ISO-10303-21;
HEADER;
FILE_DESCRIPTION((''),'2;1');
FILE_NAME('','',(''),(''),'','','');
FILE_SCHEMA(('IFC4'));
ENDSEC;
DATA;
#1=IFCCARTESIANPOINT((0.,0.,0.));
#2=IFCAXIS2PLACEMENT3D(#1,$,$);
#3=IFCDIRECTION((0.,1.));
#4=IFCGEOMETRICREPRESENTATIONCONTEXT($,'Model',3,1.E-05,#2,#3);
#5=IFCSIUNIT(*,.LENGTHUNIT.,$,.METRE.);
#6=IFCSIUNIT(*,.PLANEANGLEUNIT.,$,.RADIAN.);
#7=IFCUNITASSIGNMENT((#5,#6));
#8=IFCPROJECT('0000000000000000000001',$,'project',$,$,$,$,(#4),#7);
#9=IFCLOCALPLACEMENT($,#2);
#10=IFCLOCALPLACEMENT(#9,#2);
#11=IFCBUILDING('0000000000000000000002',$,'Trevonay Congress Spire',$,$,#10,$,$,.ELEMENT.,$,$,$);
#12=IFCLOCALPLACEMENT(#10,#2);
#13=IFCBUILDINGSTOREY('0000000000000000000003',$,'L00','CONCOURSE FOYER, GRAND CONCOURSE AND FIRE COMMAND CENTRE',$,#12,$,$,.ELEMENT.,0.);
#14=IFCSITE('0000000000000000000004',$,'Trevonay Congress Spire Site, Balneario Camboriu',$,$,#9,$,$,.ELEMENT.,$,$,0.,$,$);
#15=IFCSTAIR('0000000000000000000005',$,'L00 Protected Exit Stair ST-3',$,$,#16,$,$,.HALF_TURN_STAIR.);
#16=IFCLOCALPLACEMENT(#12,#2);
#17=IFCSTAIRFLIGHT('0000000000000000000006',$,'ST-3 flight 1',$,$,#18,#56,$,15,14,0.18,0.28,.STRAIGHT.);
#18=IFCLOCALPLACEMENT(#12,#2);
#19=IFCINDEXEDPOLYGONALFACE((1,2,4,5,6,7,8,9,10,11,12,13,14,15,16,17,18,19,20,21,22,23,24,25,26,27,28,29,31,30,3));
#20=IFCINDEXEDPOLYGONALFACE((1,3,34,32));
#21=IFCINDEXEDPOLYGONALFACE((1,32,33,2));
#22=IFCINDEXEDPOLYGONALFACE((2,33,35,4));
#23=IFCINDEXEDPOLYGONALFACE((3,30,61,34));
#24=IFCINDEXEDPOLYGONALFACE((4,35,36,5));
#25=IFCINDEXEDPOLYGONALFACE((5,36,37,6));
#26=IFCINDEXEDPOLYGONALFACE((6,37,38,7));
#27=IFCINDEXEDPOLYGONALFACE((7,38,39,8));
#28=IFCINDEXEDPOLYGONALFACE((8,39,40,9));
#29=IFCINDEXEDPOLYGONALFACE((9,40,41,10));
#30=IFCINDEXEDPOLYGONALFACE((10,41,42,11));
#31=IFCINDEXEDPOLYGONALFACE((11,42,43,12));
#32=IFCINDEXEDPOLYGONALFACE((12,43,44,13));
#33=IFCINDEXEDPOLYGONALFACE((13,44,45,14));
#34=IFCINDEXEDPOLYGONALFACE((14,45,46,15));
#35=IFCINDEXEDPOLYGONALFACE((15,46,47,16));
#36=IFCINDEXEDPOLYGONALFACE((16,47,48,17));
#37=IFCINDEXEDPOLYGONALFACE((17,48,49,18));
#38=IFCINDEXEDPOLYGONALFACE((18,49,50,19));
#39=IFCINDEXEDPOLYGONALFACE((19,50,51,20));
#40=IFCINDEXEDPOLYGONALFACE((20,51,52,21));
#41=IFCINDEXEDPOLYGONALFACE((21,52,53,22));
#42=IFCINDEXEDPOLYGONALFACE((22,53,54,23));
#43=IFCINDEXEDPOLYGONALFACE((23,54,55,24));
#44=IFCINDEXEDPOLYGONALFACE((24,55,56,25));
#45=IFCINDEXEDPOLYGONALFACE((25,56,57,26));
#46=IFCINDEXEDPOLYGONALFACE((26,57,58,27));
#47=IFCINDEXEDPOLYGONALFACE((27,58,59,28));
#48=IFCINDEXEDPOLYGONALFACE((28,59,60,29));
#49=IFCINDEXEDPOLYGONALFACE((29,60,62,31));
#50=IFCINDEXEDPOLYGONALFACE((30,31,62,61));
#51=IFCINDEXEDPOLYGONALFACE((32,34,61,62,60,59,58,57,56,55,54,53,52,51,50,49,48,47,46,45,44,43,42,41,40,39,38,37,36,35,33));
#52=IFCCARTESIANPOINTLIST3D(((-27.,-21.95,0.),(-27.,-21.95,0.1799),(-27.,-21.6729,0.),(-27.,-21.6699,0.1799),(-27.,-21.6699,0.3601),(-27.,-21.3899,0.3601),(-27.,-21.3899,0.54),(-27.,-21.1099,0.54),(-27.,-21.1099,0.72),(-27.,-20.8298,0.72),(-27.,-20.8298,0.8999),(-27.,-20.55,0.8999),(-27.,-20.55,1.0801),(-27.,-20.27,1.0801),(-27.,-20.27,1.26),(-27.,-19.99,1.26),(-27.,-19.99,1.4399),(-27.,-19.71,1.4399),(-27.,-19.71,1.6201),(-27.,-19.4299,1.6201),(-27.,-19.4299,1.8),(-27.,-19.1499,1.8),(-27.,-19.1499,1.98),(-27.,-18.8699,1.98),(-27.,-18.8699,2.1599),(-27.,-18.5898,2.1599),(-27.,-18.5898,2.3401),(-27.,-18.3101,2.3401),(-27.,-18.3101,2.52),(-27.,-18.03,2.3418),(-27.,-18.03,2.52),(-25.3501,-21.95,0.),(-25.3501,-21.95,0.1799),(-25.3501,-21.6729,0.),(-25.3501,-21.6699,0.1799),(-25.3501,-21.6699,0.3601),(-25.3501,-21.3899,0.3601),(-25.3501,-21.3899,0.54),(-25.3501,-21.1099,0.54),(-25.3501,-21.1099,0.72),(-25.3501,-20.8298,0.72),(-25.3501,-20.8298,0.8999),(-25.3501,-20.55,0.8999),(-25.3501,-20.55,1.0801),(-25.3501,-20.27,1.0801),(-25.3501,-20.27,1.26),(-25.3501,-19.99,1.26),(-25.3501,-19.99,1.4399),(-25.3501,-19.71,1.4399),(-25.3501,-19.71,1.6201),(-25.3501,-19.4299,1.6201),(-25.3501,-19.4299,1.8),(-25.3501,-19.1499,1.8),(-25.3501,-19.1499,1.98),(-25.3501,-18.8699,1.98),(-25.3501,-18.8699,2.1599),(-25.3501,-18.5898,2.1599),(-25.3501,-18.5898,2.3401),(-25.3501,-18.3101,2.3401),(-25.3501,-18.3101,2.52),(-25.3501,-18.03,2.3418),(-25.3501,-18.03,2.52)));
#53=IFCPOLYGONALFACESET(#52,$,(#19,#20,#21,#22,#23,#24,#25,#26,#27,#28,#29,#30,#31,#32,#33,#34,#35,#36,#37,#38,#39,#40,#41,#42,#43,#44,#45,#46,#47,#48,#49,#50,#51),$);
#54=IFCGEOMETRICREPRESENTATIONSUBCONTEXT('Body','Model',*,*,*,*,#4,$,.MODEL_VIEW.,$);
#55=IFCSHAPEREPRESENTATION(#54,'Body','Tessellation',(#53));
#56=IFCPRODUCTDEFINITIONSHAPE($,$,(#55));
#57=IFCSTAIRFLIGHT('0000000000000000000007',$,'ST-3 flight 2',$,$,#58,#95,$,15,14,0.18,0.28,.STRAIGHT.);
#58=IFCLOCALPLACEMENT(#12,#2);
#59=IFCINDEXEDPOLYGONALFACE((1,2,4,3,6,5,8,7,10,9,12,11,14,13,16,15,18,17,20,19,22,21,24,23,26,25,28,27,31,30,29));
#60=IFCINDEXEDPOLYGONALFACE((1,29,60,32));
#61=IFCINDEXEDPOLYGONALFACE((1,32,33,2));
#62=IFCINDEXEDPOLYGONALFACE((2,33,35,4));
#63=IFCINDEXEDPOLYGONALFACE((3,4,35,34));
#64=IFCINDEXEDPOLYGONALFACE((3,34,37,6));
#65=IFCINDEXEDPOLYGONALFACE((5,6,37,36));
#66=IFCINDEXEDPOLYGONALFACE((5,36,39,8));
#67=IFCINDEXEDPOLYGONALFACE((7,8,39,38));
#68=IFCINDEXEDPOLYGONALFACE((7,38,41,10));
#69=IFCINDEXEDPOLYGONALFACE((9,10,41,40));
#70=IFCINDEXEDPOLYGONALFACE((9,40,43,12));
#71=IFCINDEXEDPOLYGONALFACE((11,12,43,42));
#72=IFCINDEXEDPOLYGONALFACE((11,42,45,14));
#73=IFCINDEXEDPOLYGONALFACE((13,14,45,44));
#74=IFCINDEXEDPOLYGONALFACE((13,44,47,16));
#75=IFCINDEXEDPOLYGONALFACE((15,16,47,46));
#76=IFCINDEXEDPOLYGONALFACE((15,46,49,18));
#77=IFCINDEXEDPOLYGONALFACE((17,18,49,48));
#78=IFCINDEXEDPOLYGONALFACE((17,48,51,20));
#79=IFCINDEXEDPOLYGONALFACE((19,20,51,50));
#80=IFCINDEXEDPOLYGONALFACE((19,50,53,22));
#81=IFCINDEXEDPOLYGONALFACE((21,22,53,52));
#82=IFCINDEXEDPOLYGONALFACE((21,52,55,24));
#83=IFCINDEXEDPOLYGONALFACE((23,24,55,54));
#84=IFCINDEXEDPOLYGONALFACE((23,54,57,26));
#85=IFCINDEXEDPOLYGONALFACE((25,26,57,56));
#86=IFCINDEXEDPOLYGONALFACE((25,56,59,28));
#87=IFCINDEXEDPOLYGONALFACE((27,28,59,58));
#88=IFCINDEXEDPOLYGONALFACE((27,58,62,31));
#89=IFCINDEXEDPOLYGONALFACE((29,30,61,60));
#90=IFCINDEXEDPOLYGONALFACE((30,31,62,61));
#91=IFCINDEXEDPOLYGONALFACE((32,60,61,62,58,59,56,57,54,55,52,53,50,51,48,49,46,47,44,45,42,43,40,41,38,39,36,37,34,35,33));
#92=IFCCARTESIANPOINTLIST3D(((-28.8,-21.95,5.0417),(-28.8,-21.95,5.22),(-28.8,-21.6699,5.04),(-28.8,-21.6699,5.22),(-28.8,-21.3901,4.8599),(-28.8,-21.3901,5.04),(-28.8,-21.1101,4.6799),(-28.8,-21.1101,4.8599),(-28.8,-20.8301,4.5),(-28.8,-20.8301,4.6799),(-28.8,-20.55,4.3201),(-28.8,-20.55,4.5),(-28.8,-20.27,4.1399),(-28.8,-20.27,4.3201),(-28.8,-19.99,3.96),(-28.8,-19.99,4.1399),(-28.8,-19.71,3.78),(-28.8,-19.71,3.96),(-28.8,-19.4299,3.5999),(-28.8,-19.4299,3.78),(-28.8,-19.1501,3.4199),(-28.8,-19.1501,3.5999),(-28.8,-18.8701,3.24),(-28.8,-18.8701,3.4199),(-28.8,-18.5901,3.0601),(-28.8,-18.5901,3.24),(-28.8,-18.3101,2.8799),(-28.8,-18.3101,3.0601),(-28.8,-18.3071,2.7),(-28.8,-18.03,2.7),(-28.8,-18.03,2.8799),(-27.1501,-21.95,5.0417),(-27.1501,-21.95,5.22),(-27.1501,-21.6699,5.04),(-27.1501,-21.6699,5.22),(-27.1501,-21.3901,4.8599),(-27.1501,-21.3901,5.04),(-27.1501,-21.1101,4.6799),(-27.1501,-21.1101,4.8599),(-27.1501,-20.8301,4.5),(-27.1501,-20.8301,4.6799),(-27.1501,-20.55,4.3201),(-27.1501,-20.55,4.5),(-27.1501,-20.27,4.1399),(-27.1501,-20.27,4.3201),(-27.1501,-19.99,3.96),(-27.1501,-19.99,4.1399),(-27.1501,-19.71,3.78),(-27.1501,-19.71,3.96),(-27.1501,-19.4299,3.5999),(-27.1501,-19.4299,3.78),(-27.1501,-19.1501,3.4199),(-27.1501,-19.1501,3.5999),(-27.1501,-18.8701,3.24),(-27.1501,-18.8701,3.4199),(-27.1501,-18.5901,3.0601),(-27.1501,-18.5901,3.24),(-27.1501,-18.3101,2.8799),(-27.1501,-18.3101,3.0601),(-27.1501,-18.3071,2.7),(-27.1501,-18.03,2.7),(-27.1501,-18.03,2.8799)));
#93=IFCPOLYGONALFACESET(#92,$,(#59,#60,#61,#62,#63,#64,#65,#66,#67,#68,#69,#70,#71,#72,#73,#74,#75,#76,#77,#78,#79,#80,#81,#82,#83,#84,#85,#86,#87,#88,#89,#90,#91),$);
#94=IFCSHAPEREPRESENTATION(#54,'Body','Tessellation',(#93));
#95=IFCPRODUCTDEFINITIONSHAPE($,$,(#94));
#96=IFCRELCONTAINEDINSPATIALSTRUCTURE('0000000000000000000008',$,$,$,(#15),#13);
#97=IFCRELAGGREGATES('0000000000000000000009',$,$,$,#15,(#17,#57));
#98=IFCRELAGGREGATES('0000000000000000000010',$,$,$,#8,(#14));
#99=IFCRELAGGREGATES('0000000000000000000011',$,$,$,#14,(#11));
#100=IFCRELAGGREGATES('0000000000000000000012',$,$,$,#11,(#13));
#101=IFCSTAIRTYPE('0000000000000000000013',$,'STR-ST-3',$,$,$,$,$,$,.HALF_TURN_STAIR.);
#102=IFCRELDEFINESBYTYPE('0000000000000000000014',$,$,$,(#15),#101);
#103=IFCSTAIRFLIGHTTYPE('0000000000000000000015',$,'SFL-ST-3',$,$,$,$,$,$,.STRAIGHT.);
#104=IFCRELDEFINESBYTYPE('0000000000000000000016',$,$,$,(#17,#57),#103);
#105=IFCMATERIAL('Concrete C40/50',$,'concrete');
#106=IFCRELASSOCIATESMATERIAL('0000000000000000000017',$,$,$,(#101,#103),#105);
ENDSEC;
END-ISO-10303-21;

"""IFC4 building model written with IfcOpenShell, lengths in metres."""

from ifc_helpers import new_model, si_unit, direction, frame, origin, place, context, subcontext, project, spatial, polyline, outline, extrude, material, type_object, element, aggregate, save


model = new_model("IFC4")

# Units and contexts
model_context = context("Model", 3, precision=1e-05, world=origin(), true_north=direction((0.0, 1.0)))
body_context = subcontext(model_context, "Body", "Model", "MODEL_VIEW")
ifc_project = project(units=[si_unit("LENGTHUNIT", "METRE"), si_unit("PLANEANGLEUNIT", "RADIAN")], contexts=[model_context])

# Site, building, storey
site_placement = place(None, origin())
site = spatial("IfcSite", under=ifc_project, at=site_placement, Name="Trevonay Congress Spire Site, Balneario Camboriu", CompositionType="ELEMENT", RefElevation=0.0)
building_placement = place(site_placement, origin())
building = spatial("IfcBuilding", under=site, at=building_placement, Name="Trevonay Congress Spire", CompositionType="ELEMENT")
storey_placement = place(building_placement, origin())
storey = spatial("IfcBuildingStorey", under=building, at=storey_placement, Name="L00", Description="CONCOURSE FOYER, GRAND CONCOURSE AND FIRE COMMAND CENTRE", CompositionType="ELEMENT", Elevation=0.0)

# Shared definitions
ifc_material_1 = material(Name="Concrete C40/50", Category="concrete")

# Stair, stair flights
stair_type = type_object("IfcStairType", Name="STR-ST-3", PredefinedType="HALF_TURN_STAIR", material=ifc_material_1)
stair_placement = place(storey_placement, origin())
stair = element("IfcStair", 1, at=stair_placement, inside=storey, type_object=stair_type, Name="L00 Protected Exit Stair ST-3", PredefinedType="HALF_TURN_STAIR")
stair_flight_type = type_object("IfcStairFlightType", Name="SFL-ST-3", PredefinedType="STRAIGHT", material=ifc_material_1)
stair_flight_1_placement = place(storey_placement, frame((-26.175, -21.95, 0.0), z_axis=(0.0, 0.0, 1.0), x_axis=(0.0, 1.0, 0.0)))
stair_flight_1 = element("IfcStairFlight", 2, at=stair_flight_1_placement, type_object=stair_flight_type, Name="ST-3 flight 1", NumberOfRisers=15, NumberOfTreads=14, PredefinedType="STRAIGHT", RiserHeight=0.18, TreadLength=0.28, context=body_context, shape_type="SweptSolid", body=[
    extrude(outline(polyline([(0.0, 0.0), (0.0, 0.1799), (0.28, 0.1799), (0.28, 0.3601), (0.5601, 0.3601), (0.5601, 0.54), (0.8401, 0.54), (0.8401, 0.72), (1.1201, 0.72), (1.1201, 0.8999), (1.3999, 0.8999), (1.3999, 1.0801), (1.6799, 1.0801), (1.6799, 1.26), (1.96, 1.26), (1.96, 1.4399), (2.24, 1.4399), (2.24, 1.6201), (2.52, 1.6201), (2.52, 1.8), (2.8, 1.8), (2.8, 1.98), (3.0801, 1.98), (3.0801, 2.1599), (3.3601, 2.1599), (3.3601, 2.3401), (3.6399, 2.3401), (3.6399, 2.52), (3.9199, 2.52), (3.9199, 2.7), (3.9199, 2.3418), (0.2771, 0.0), (0.0, 0.0)])), frame((0.0, 0.825, 0.0), z_axis=(0.0, -1.0, 0.0), x_axis=(1.0, 0.0, 0.0)), (0.0, 0.0, 1.0), 1.6499),
])
stair_flight_2_placement = place(storey_placement, frame((-27.9751, -18.03, 2.7), z_axis=(0.0, 0.0, 1.0), x_axis=(0.0, -1.0, 0.0)))
stair_flight_2 = element("IfcStairFlight", 3, at=stair_flight_2_placement, type_object=stair_flight_type, Name="ST-3 flight 2", NumberOfRisers=15, NumberOfTreads=14, PredefinedType="STRAIGHT", RiserHeight=0.18, TreadLength=0.28, context=body_context, shape_type="SweptSolid", body=[
    extrude(outline(polyline([(0.0, 0.0), (0.0, 0.1799), (0.28, 0.1799), (0.28, 0.3601), (0.5601, 0.3601), (0.5601, 0.54), (0.8401, 0.54), (0.8401, 0.72), (1.1201, 0.72), (1.1201, 0.8999), (1.3999, 0.8999), (1.3999, 1.0801), (1.6799, 1.0801), (1.6799, 1.26), (1.96, 1.26), (1.96, 1.4399), (2.24, 1.4399), (2.24, 1.6201), (2.52, 1.6201), (2.52, 1.8), (2.8, 1.8), (2.8, 1.98), (3.0801, 1.98), (3.0801, 2.1599), (3.3601, 2.1599), (3.3601, 2.3401), (3.6399, 2.3401), (3.6399, 2.52), (3.9199, 2.52), (3.9199, 2.7), (3.9199, 2.3418), (0.2771, 0.0), (0.0, 0.0)])), frame((0.0, 0.825, 0.0), z_axis=(0.0, -1.0, 0.0), x_axis=(1.0, 0.0, 0.0)), (0.0, 0.0, 1.0), 1.6499),
])
aggregate(stair, [stair_flight_1, stair_flight_2])

save(model, "model.ifc")
